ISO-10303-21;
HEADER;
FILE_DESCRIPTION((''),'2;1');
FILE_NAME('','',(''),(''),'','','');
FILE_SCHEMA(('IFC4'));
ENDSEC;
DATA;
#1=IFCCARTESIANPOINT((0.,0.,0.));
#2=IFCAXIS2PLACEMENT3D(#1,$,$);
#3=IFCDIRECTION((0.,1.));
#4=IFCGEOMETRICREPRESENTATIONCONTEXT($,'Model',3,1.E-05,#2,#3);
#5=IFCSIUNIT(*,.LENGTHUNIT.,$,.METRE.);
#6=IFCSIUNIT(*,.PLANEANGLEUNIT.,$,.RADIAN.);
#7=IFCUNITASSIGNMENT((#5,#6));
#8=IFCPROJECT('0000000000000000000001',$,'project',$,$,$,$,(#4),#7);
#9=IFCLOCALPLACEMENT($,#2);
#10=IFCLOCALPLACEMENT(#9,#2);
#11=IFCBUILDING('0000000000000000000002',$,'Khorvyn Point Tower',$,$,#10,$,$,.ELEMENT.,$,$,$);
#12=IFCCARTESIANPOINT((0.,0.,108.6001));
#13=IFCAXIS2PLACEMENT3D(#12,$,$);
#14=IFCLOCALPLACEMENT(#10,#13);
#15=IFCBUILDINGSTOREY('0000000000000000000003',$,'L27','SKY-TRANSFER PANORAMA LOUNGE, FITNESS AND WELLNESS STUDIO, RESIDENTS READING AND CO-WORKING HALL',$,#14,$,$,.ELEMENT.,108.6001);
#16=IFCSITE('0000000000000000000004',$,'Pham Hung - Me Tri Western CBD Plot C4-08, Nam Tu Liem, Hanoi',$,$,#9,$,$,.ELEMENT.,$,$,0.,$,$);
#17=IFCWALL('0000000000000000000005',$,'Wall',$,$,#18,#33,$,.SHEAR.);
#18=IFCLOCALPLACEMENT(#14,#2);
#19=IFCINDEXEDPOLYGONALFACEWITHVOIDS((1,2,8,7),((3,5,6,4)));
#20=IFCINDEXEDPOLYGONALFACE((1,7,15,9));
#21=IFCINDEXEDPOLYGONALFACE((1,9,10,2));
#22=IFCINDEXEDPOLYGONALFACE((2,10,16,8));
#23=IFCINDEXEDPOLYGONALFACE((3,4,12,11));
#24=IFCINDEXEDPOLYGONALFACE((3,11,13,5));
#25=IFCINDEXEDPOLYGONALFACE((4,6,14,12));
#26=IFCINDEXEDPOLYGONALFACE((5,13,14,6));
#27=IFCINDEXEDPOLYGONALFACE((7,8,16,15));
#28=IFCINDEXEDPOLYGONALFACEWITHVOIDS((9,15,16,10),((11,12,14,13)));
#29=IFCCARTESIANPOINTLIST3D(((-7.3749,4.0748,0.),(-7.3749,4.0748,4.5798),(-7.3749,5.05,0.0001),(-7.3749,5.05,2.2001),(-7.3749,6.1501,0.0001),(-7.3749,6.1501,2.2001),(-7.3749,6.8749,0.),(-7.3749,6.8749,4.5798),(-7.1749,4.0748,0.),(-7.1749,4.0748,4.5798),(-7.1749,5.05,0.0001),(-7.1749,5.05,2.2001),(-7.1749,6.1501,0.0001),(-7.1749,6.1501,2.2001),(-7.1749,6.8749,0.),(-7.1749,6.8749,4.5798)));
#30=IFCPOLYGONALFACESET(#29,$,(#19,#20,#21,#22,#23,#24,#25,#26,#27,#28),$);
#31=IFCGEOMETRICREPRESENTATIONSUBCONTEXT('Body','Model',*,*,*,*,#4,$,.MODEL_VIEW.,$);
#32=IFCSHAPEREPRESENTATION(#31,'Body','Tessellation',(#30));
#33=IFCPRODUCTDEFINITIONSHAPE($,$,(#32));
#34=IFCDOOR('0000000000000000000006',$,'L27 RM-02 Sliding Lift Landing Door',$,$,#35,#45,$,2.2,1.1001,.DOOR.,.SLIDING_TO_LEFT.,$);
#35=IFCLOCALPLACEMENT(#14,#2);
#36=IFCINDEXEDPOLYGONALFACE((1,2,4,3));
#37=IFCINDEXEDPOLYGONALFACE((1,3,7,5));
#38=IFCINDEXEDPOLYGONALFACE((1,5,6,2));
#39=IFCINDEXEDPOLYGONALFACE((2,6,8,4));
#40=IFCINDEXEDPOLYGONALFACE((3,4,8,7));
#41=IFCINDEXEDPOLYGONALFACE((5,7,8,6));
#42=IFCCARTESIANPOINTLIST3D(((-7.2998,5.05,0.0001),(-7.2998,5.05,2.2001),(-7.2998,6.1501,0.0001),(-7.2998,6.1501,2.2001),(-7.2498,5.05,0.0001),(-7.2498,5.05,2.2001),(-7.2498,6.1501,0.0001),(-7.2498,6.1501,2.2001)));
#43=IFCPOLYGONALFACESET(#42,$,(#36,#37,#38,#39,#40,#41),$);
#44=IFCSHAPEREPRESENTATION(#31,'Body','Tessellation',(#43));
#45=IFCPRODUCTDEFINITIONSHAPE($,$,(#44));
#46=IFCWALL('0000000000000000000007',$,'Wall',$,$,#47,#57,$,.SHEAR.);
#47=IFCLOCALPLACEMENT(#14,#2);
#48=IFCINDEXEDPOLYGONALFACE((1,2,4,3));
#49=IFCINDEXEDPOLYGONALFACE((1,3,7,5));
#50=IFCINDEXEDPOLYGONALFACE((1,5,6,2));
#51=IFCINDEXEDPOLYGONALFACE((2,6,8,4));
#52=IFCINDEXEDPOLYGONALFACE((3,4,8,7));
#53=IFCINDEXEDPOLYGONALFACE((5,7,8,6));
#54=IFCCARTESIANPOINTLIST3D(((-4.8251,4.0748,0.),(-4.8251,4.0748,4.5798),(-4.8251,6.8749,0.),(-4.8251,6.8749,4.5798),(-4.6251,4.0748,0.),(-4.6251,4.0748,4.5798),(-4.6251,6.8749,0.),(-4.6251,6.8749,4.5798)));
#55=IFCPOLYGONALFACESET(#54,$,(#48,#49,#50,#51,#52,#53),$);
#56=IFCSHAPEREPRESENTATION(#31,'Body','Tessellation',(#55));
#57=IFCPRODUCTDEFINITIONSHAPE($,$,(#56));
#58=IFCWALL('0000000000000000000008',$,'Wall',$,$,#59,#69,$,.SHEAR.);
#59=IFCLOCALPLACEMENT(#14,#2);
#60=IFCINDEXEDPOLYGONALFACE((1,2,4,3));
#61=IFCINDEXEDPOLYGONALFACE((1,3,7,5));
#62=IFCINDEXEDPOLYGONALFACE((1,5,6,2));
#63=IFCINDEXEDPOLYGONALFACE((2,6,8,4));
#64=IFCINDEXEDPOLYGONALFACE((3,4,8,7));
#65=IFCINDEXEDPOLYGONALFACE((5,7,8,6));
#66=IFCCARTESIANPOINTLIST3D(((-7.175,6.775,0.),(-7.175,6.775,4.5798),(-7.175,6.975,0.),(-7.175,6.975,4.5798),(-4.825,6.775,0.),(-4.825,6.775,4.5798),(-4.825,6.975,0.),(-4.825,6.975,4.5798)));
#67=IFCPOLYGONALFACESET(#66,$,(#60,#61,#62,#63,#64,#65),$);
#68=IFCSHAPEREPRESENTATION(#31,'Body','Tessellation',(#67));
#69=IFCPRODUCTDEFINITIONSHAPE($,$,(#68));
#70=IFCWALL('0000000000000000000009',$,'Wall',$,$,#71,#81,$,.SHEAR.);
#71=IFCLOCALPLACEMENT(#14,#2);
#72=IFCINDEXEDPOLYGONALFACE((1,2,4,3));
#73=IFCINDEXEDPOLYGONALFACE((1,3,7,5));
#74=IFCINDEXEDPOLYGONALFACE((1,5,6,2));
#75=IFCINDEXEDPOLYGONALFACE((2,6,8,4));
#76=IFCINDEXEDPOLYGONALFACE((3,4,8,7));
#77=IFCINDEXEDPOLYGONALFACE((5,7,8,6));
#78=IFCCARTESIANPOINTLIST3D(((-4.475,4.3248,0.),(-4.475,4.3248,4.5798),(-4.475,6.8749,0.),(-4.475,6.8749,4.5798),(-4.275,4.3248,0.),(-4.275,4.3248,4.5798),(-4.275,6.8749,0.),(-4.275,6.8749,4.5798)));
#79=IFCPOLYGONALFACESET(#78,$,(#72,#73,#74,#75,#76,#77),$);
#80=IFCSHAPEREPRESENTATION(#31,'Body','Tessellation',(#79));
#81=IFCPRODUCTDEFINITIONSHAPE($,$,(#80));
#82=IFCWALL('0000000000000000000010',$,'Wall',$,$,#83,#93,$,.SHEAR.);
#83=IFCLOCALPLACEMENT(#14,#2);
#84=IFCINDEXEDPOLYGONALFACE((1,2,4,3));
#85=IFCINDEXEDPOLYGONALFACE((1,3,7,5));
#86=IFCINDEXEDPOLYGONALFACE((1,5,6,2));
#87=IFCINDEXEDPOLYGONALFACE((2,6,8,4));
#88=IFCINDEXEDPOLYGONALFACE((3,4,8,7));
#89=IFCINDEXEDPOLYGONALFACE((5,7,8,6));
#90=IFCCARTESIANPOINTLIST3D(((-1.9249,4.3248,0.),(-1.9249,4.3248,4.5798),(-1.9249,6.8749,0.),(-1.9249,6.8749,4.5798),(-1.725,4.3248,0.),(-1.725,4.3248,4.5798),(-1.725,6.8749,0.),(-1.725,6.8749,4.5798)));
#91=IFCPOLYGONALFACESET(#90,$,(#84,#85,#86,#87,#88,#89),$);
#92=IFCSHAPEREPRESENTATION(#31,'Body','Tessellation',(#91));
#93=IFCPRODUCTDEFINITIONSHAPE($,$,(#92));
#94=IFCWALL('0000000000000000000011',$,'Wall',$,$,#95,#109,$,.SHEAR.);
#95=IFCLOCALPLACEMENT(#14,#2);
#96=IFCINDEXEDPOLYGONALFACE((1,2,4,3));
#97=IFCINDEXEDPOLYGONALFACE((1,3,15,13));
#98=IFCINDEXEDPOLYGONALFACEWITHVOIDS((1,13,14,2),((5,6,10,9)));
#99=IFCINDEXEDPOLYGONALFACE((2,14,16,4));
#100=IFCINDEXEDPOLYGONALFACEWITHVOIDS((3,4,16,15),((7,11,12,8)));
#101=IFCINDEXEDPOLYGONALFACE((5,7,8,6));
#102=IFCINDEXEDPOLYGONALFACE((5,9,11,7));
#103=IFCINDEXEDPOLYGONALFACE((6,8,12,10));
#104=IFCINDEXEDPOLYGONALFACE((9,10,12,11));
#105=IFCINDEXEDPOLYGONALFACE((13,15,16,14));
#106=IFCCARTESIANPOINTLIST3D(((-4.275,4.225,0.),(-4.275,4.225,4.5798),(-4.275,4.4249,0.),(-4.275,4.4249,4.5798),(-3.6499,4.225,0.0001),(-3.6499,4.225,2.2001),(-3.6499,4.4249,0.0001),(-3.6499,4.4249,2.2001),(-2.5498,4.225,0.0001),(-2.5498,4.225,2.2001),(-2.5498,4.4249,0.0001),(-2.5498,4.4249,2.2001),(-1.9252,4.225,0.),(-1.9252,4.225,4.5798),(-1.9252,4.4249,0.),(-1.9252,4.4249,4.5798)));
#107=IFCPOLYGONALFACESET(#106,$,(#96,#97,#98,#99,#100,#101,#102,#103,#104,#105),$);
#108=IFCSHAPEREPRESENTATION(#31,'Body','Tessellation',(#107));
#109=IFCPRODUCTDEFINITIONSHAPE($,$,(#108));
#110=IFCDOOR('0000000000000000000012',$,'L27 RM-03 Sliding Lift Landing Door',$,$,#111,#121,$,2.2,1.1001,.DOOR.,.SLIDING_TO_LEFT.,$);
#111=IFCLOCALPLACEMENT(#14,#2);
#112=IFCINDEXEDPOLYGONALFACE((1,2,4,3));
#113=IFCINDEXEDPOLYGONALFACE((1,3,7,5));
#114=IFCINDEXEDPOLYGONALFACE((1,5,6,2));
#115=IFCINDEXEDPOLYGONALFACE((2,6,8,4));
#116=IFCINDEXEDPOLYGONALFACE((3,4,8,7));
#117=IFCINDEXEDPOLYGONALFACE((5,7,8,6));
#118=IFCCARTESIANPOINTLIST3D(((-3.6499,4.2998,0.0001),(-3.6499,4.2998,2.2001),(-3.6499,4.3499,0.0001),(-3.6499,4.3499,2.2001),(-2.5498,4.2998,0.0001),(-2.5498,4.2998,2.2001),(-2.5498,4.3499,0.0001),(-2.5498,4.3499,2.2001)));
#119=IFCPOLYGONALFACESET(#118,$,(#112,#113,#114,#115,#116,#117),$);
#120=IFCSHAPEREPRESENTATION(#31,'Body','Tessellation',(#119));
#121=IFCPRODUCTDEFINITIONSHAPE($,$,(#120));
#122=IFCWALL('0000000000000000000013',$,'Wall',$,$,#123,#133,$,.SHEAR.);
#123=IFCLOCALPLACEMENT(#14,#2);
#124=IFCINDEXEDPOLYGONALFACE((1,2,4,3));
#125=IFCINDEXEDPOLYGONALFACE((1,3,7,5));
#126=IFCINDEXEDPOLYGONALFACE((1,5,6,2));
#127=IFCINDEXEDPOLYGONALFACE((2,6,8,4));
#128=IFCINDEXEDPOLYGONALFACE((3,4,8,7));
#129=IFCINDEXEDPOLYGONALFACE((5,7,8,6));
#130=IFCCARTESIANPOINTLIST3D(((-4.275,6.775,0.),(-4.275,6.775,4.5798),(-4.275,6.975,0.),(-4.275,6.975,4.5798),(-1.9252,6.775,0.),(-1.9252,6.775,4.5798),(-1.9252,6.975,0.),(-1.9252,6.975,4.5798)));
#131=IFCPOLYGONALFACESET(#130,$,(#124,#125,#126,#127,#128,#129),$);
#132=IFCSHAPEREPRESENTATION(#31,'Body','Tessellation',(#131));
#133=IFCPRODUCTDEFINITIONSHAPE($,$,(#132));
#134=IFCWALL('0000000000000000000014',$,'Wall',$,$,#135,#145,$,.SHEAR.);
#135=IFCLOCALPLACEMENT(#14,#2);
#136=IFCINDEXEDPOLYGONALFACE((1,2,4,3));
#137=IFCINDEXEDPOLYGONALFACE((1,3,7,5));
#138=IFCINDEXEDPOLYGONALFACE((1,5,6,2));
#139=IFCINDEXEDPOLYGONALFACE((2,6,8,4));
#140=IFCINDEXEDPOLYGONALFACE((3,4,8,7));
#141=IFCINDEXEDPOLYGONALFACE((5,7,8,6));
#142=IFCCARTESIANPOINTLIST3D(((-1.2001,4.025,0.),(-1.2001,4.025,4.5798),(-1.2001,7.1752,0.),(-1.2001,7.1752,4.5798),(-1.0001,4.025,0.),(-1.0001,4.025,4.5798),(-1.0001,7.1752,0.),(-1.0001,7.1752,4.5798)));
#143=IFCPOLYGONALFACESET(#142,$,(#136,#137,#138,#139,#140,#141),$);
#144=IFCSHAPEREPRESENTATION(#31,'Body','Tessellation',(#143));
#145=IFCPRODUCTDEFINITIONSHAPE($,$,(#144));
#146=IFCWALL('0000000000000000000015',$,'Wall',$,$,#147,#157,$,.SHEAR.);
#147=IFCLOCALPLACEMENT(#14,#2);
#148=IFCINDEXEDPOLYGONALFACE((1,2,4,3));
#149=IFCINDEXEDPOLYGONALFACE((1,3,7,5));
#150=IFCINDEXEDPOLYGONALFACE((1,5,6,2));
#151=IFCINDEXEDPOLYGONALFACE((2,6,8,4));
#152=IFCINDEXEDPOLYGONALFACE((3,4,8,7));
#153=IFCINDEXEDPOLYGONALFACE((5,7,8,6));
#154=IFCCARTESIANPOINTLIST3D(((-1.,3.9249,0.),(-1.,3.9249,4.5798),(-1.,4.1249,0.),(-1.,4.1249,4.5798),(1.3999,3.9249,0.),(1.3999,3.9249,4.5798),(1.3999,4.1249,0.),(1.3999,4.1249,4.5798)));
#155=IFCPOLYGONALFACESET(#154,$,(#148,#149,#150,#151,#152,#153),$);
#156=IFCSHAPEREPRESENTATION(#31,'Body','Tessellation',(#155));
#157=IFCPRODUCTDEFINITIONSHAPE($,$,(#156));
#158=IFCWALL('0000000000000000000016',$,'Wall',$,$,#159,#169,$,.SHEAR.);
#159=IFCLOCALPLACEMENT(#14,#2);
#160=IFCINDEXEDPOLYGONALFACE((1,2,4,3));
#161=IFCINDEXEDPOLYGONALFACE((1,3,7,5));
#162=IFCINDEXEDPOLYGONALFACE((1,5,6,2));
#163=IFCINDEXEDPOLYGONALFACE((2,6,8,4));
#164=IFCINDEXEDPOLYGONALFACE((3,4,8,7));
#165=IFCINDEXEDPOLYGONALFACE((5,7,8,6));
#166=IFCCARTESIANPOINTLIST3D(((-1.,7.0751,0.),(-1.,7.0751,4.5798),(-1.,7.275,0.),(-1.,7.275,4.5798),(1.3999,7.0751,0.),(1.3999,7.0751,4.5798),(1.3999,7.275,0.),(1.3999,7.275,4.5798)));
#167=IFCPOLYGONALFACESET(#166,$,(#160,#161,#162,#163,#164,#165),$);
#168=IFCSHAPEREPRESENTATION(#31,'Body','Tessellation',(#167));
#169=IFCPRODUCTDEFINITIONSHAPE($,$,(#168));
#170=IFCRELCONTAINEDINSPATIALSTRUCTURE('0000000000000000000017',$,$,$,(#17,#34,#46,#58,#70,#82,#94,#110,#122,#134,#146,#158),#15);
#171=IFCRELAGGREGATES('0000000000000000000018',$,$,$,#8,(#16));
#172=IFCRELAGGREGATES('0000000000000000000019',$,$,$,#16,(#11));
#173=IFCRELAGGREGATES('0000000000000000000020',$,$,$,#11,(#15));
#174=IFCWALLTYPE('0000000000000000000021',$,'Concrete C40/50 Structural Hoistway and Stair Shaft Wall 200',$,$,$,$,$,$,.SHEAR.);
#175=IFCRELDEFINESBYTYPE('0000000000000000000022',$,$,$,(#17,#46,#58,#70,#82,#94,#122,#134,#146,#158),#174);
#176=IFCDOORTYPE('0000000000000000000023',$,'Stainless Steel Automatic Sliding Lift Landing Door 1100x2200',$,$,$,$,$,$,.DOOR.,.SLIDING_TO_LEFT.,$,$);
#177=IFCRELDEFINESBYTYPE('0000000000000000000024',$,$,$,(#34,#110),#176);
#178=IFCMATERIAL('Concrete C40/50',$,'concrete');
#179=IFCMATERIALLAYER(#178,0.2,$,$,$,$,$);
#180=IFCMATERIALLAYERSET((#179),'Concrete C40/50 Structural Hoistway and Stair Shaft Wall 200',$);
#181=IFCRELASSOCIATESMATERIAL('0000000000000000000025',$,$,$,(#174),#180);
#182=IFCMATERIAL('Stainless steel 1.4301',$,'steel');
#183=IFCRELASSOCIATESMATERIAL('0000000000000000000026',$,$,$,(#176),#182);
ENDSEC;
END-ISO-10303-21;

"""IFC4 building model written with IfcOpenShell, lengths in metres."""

from ifc_helpers import new_model, si_unit, direction, frame, frame_2d, origin, place, context, subcontext, project, spatial, rectangle, extrude, material, layer, layer_set, type_object, element, fill, save


model = new_model("IFC4")

# Units and contexts
model_context = context("Model", 3, precision=1e-05, world=origin(), true_north=direction((0.0, 1.0)))
body_context = subcontext(model_context, "Body", "Model", "MODEL_VIEW")
ifc_project = project(units=[si_unit("LENGTHUNIT", "METRE"), si_unit("PLANEANGLEUNIT", "RADIAN")], contexts=[model_context])

# Site, building, storey
site_placement = place(None, origin())
site = spatial("IfcSite", under=ifc_project, at=site_placement, Name="Pham Hung - Me Tri Western CBD Plot C4-08, Nam Tu Liem, Hanoi", CompositionType="ELEMENT", RefElevation=0.0)
building_placement = place(site_placement, origin())
building = spatial("IfcBuilding", under=site, at=building_placement, Name="Khorvyn Point Tower", CompositionType="ELEMENT")
storey_placement = place(building_placement, frame((0.0, 0.0, 108.6001)))
storey = spatial("IfcBuildingStorey", under=building, at=storey_placement, Name="L27", Description="SKY-TRANSFER PANORAMA LOUNGE, FITNESS AND WELLNESS STUDIO, RESIDENTS READING AND CO-WORKING HALL", CompositionType="ELEMENT", Elevation=108.6001)

# Shared definitions
ifc_material_1 = material(Name="Concrete C40/50", Category="concrete")

# Shared definitions
ifc_layer_1 = layer(ifc_material_1, 0.2)
ifc_layer_set_1 = layer_set([ifc_layer_1], Name="Concrete C40/50 Structural Hoistway and Stair Shaft Wall 200")
wall_type_1 = type_object("IfcWallType", Name="Concrete C40/50 Structural Hoistway and Stair Shaft Wall 200", PredefinedType="SHEAR", material=ifc_layer_set_1)

# Shared definitions
ifc_material_2 = material(Name="Stainless steel 1.4301", Category="steel")
door_type = type_object("IfcDoorType", Name="Stainless Steel Automatic Sliding Lift Landing Door 1100x2200", OperationType="SLIDING_TO_LEFT", PredefinedType="DOOR", material=ifc_material_2)

# Wall, opening, door
wall_1_placement = place(storey_placement, frame((-7.2749, 4.075, 0.0), z_axis=(0.0, 0.0, 1.0), x_axis=(0.0, 1.0, 0.0)))
wall_1 = element("IfcWall", 1, at=wall_1_placement, inside=storey, type_object=wall_type_1, Name="Wall", PredefinedType="SHEAR", context=body_context, shape_type="SweptSolid", body=[
    extrude(rectangle(XDim=2.8, YDim=0.2, at=frame_2d((1.3999, 0.0))), origin(), (0.0, 0.0, 1.0), 4.5798),
])
opening_1_placement = place(wall_1_placement, frame((0.9751, 0.0, 0.0)))
opening_1 = element("IfcOpeningElement", 2, at=opening_1_placement, cuts=wall_1, PredefinedType="OPENING", context=body_context, shape_type="SweptSolid", body=[
    extrude(rectangle(XDim=1.1001, YDim=2.2, at=frame_2d((0.55, 1.1001))), frame((0.0, 0.1099, 0.0), z_axis=(0.0, -1.0, 0.0), x_axis=(1.0, 0.0, 0.0)), (0.0, 0.0, 1.0), 0.22),
])
door_1_placement = place(opening_1_placement, origin())
door_1 = element("IfcDoor", 3, at=door_1_placement, inside=storey, type_object=door_type, Name="L27 RM-02 Sliding Lift Landing Door", OperationType="SLIDING_TO_LEFT", OverallHeight=2.2, OverallWidth=1.1001, PredefinedType="DOOR", context=body_context, shape_type="SweptSolid", body=[
    extrude(rectangle(XDim=1.1001, YDim=2.2, at=frame_2d((0.55, 1.1001))), frame((0.0, 0.0249, 0.0), z_axis=(0.0, -1.0, 0.0), x_axis=(1.0, 0.0, 0.0)), (0.0, 0.0, 1.0), 0.05),
])
fill(opening_1, door_1)

# Walls
wall_2_placement = place(storey_placement, frame((-4.7251, 4.075, 0.0), z_axis=(0.0, 0.0, 1.0), x_axis=(0.0, 1.0, 0.0)))
element("IfcWall", 4, at=wall_2_placement, inside=storey, type_object=wall_type_1, Name="Wall", PredefinedType="SHEAR", context=body_context, shape_type="SweptSolid", body=[
    extrude(rectangle(XDim=2.8, YDim=0.2, at=frame_2d((1.3999, 0.0))), origin(), (0.0, 0.0, 1.0), 4.5798),
])
wall_3_placement = place(storey_placement, frame((-7.175, 6.875, 0.0), z_axis=(0.0, 0.0, 1.0), x_axis=(1.0, 0.0, 0.0)))
element("IfcWall", 5, at=wall_3_placement, inside=storey, type_object=wall_type_1, Name="Wall", PredefinedType="SHEAR", context=body_context, shape_type="SweptSolid", body=[
    extrude(rectangle(XDim=2.3501, YDim=0.2, at=frame_2d((1.175, 0.0))), origin(), (0.0, 0.0, 1.0), 4.5798),
])
for number, where, z_axis, x_axis, name in (
    (6, (-4.375, 4.325, 0.0), (0.0, 0.0, 1.0), (0.0, 1.0, 0.0), "Wall"),
    (7, (-1.825, 4.325, 0.0), (0.0, 0.0, 1.0), (0.0, 1.0, 0.0), "Wall"),
):
    element("IfcWall", number, at=place(storey_placement, frame(where, z_axis=z_axis, x_axis=x_axis)), inside=storey, type_object=wall_type_1, Name=name, PredefinedType="SHEAR", context=body_context, shape_type="SweptSolid", body=[
        extrude(rectangle(XDim=2.55, YDim=0.2, at=frame_2d((1.2749, 0.0))), origin(), (0.0, 0.0, 1.0), 4.5798),
    ])

# Wall, opening, door
wall_4_placement = place(storey_placement, frame((-4.2749, 4.325, 0.0), z_axis=(0.0, 0.0, 1.0), x_axis=(1.0, 0.0, 0.0)))
wall_4 = element("IfcWall", 8, at=wall_4_placement, inside=storey, type_object=wall_type_1, Name="Wall", PredefinedType="SHEAR", context=body_context, shape_type="SweptSolid", body=[
    extrude(rectangle(XDim=2.3499, YDim=0.2, at=frame_2d((1.1748, 0.0))), origin(), (0.0, 0.0, 1.0), 4.5798),
])
opening_2_placement = place(wall_4_placement, frame((0.625, 0.0, 0.0)))
opening_2 = element("IfcOpeningElement", 9, at=opening_2_placement, cuts=wall_4, PredefinedType="OPENING", context=body_context, shape_type="SweptSolid", body=[
    extrude(rectangle(XDim=1.1001, YDim=2.2, at=frame_2d((0.55, 1.1001))), frame((0.0, 0.1099, 0.0), z_axis=(0.0, -1.0, 0.0), x_axis=(1.0, 0.0, 0.0)), (0.0, 0.0, 1.0), 0.22),
])
door_2_placement = place(opening_2_placement, origin())
door_2 = element("IfcDoor", 10, at=door_2_placement, inside=storey, type_object=door_type, Name="L27 RM-03 Sliding Lift Landing Door", OperationType="SLIDING_TO_LEFT", OverallHeight=2.2, OverallWidth=1.1001, PredefinedType="DOOR", context=body_context, shape_type="SweptSolid", body=[
    extrude(rectangle(XDim=1.1001, YDim=2.2, at=frame_2d((0.55, 1.1001))), frame((0.0, 0.0249, 0.0), z_axis=(0.0, -1.0, 0.0), x_axis=(1.0, 0.0, 0.0)), (0.0, 0.0, 1.0), 0.05),
])
fill(opening_2, door_2)

# Walls
wall_5_placement = place(storey_placement, frame((-4.2749, 6.875, 0.0), z_axis=(0.0, 0.0, 1.0), x_axis=(1.0, 0.0, 0.0)))
element("IfcWall", 11, at=wall_5_placement, inside=storey, type_object=wall_type_1, Name="Wall", PredefinedType="SHEAR", context=body_context, shape_type="SweptSolid", body=[
    extrude(rectangle(XDim=2.3499, YDim=0.2, at=frame_2d((1.1748, 0.0))), origin(), (0.0, 0.0, 1.0), 4.5798),
])
wall_6_placement = place(storey_placement, frame((-1.1001, 4.0249, 0.0), z_axis=(0.0, 0.0, 1.0), x_axis=(0.0, 1.0, 0.0)))
element("IfcWall", 12, at=wall_6_placement, inside=storey, type_object=wall_type_1, Name="Wall", PredefinedType="SHEAR", context=body_context, shape_type="SweptSolid", body=[
    extrude(rectangle(XDim=3.1501, YDim=0.2, at=frame_2d((1.5752, 0.0))), origin(), (0.0, 0.0, 1.0), 4.5798),
])
for number, where, z_axis, x_axis, name in (
    (13, (-1.0, 4.0249, 0.0), (0.0, 0.0, 1.0), (1.0, 0.0, 0.0), "Wall"),
    (14, (-1.0, 7.175, 0.0), (0.0, 0.0, 1.0), (1.0, 0.0, 0.0), "Wall"),
):
    element("IfcWall", number, at=place(storey_placement, frame(where, z_axis=z_axis, x_axis=x_axis)), inside=storey, type_object=wall_type_1, Name=name, PredefinedType="SHEAR", context=body_context, shape_type="SweptSolid", body=[
        extrude(rectangle(XDim=2.3999, YDim=0.2, at=frame_2d((1.2, 0.0))), origin(), (0.0, 0.0, 1.0), 4.5798),
    ])

save(model, "model.ifc")
